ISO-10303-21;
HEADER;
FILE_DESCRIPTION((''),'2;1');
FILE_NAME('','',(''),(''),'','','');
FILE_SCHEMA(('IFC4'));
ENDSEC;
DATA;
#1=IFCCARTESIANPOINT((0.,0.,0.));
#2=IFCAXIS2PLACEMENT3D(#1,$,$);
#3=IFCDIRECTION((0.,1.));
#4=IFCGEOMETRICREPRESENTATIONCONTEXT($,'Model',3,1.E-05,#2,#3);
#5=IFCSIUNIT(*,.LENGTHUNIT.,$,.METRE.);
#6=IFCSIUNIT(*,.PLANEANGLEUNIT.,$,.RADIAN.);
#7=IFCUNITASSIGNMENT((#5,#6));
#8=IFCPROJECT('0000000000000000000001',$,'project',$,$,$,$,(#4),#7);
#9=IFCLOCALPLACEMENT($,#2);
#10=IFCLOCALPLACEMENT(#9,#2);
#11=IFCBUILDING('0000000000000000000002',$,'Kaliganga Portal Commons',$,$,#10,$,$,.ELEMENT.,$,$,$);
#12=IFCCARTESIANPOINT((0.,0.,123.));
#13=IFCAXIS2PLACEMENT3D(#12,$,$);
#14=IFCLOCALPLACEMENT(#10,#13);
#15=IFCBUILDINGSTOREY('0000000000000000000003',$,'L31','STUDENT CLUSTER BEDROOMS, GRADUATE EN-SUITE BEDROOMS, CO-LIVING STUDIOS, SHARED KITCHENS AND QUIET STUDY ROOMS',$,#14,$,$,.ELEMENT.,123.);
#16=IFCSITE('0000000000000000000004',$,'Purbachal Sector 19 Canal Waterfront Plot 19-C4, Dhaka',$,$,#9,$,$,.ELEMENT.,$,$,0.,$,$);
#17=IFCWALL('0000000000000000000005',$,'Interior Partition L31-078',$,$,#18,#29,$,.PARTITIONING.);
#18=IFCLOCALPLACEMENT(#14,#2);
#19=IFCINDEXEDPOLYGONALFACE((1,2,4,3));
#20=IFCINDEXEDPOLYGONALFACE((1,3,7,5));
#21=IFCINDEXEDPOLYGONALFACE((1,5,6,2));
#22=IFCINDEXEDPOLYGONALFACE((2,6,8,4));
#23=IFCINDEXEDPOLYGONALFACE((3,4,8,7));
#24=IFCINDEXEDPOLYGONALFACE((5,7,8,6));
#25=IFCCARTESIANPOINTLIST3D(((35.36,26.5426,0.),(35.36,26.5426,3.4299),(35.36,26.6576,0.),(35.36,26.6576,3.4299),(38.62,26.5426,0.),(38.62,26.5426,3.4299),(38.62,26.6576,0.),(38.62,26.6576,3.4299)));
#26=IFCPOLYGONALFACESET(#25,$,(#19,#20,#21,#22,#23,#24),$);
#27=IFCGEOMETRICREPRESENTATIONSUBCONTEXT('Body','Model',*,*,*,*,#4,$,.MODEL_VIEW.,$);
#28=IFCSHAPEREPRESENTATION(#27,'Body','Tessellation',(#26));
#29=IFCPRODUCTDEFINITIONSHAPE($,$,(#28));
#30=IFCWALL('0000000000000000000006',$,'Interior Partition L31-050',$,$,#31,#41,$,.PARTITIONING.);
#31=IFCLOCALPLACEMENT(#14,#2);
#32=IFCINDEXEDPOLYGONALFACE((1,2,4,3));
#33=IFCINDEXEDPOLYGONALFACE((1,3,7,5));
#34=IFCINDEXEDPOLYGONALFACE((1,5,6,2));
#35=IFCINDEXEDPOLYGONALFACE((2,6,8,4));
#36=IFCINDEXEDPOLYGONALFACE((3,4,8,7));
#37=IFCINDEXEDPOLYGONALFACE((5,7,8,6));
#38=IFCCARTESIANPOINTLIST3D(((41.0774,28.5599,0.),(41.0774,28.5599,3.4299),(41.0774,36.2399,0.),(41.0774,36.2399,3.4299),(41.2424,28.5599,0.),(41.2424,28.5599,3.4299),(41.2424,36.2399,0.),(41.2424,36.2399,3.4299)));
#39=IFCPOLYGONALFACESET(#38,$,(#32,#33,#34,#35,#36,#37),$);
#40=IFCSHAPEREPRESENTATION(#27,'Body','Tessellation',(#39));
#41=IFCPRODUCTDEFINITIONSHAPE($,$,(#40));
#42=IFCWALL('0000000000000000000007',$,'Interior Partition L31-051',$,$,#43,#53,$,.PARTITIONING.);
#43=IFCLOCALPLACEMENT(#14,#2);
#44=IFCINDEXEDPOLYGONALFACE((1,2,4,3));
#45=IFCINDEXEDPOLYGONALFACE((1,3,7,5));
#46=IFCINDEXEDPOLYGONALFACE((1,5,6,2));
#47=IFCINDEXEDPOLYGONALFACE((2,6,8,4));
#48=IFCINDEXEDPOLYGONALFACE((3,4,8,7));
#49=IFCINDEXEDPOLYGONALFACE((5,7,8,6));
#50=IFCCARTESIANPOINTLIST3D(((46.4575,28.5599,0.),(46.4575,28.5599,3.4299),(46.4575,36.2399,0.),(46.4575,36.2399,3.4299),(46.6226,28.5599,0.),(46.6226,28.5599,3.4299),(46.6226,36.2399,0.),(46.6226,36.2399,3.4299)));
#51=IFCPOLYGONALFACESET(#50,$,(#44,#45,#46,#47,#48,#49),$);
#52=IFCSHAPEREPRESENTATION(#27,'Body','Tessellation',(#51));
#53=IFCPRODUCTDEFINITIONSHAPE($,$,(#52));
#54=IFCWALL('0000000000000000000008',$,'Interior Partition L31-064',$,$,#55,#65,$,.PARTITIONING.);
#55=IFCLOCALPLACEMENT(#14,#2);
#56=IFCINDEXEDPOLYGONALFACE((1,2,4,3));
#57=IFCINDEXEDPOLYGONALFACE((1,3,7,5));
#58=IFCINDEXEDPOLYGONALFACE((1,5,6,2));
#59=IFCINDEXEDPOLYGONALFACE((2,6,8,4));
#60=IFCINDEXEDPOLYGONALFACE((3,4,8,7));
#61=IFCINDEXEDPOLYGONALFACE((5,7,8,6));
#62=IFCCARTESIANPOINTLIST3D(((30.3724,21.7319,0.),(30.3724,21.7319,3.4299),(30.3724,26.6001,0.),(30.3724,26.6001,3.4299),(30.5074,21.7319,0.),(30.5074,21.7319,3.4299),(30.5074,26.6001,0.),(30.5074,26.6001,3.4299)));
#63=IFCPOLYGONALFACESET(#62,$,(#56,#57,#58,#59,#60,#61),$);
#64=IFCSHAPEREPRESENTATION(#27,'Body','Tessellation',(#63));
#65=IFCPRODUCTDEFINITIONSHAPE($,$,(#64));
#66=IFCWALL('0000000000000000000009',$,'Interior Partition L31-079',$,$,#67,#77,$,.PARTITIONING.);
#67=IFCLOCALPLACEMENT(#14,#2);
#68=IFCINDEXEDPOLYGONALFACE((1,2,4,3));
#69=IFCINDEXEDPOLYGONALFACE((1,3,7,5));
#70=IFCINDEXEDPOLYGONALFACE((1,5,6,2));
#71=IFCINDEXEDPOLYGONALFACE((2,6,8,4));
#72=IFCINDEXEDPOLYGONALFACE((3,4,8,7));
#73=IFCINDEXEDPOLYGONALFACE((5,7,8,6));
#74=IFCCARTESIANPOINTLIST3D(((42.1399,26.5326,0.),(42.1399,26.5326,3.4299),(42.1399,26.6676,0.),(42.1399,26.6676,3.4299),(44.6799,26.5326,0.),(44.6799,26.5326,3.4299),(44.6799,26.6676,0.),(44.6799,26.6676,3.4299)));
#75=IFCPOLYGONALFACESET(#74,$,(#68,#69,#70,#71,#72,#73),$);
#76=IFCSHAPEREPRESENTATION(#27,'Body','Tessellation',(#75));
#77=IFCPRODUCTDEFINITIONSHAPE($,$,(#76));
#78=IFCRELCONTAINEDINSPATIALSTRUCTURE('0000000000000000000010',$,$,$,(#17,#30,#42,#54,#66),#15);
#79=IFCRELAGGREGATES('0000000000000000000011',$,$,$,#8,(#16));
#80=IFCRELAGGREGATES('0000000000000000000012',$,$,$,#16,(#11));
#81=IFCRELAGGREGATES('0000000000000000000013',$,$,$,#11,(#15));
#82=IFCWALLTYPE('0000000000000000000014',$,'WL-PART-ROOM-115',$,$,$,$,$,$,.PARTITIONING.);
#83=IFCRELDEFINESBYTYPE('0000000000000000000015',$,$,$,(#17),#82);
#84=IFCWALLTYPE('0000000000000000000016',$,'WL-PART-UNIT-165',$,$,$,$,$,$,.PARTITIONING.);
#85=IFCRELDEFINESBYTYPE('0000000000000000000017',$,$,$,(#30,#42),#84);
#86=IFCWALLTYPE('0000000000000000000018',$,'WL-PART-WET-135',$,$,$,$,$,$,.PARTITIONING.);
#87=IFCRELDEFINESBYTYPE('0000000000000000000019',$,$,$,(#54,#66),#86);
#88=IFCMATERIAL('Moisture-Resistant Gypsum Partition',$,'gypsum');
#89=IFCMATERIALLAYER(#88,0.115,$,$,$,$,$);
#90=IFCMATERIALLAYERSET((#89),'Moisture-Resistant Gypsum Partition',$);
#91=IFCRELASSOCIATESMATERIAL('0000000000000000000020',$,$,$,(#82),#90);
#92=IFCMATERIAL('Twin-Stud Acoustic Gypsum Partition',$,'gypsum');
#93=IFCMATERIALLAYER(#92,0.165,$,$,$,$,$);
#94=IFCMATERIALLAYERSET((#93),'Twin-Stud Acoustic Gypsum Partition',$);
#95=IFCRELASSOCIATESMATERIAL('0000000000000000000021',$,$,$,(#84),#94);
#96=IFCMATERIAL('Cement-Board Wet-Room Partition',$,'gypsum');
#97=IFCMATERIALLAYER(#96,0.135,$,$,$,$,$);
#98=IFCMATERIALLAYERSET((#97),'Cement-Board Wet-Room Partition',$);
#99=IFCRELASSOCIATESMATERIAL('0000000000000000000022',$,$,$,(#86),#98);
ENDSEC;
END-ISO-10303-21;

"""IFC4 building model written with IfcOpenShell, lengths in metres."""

from ifc_helpers import new_model, si_unit, direction, frame, frame_2d, origin, place, context, subcontext, project, spatial, rectangle, extrude, material, layer, layer_set, type_object, element, save


model = new_model("IFC4")

# Units and contexts
model_context = context("Model", 3, precision=1e-05, world=origin(), true_north=direction((0.0, 1.0)))
body_context = subcontext(model_context, "Body", "Model", "MODEL_VIEW")
ifc_project = project(units=[si_unit("LENGTHUNIT", "METRE"), si_unit("PLANEANGLEUNIT", "RADIAN")], contexts=[model_context])

# Site, building, storey
site_placement = place(None, origin())
site = spatial("IfcSite", under=ifc_project, at=site_placement, Name="Purbachal Sector 19 Canal Waterfront Plot 19-C4, Dhaka", CompositionType="ELEMENT", RefElevation=0.0)
building_placement = place(site_placement, origin())
building = spatial("IfcBuilding", under=site, at=building_placement, Name="Kaliganga Portal Commons", CompositionType="ELEMENT")
storey_placement = place(building_placement, frame((0.0, 0.0, 123.0)))
storey = spatial("IfcBuildingStorey", under=building, at=storey_placement, Name="L31", Description="STUDENT CLUSTER BEDROOMS, GRADUATE EN-SUITE BEDROOMS, CO-LIVING STUDIOS, SHARED KITCHENS AND QUIET STUDY ROOMS", CompositionType="ELEMENT", Elevation=123.0)

# Walls
ifc_material_1 = material(Name="Moisture-Resistant Gypsum Partition", Category="gypsum")
ifc_layer_1 = layer(ifc_material_1, 0.115)
ifc_layer_set_1 = layer_set([ifc_layer_1], Name="Moisture-Resistant Gypsum Partition")
wall_type_1 = type_object("IfcWallType", Name="WL-PART-ROOM-115", PredefinedType="PARTITIONING", material=ifc_layer_set_1)
wall_1_placement = place(storey_placement, frame((35.3601, 26.6001, 0.0), z_axis=(0.0, 0.0, 1.0), x_axis=(1.0, 0.0, 0.0)))
element("IfcWall", 1, at=wall_1_placement, inside=storey, type_object=wall_type_1, Name="Interior Partition L31-078", PredefinedType="PARTITIONING", context=body_context, shape_type="SweptSolid", body=[
    extrude(rectangle(XDim=3.26, YDim=0.115, at=frame_2d((1.6299, 0.0))), origin(), (0.0, 0.0, 1.0), 3.4299),
])
ifc_material_2 = material(Name="Twin-Stud Acoustic Gypsum Partition", Category="gypsum")
ifc_layer_2 = layer(ifc_material_2, 0.165)
ifc_layer_set_2 = layer_set([ifc_layer_2], Name="Twin-Stud Acoustic Gypsum Partition")
wall_type_2 = type_object("IfcWallType", Name="WL-PART-UNIT-165", PredefinedType="PARTITIONING", material=ifc_layer_set_2)
for number, where, z_axis, x_axis, name in (
    (2, (41.1599, 28.5601, 0.0), (0.0, 0.0, 1.0), (0.0, 1.0, 0.0), "Interior Partition L31-050"),
    (3, (46.54, 28.5601, 0.0), (0.0, 0.0, 1.0), (0.0, 1.0, 0.0), "Interior Partition L31-051"),
):
    element("IfcWall", number, at=place(storey_placement, frame(where, z_axis=z_axis, x_axis=x_axis)), inside=storey, type_object=wall_type_2, Name=name, PredefinedType="PARTITIONING", context=body_context, shape_type="SweptSolid", body=[
        extrude(rectangle(XDim=7.6799, YDim=0.165, at=frame_2d((3.8398, 0.0))), origin(), (0.0, 0.0, 1.0), 3.4299),
    ])
ifc_material_3 = material(Name="Cement-Board Wet-Room Partition", Category="gypsum")
ifc_layer_3 = layer(ifc_material_3, 0.135)
ifc_layer_set_3 = layer_set([ifc_layer_3], Name="Cement-Board Wet-Room Partition")
wall_type_3 = type_object("IfcWallType", Name="WL-PART-WET-135", PredefinedType="PARTITIONING", material=ifc_layer_set_3)
wall_2_placement = place(storey_placement, frame((30.4399, 21.7319, 0.0), z_axis=(0.0, 0.0, 1.0), x_axis=(0.0, 1.0, 0.0)))
element("IfcWall", 4, at=wall_2_placement, inside=storey, type_object=wall_type_3, Name="Interior Partition L31-064", PredefinedType="PARTITIONING", context=body_context, shape_type="SweptSolid", body=[
    extrude(rectangle(XDim=4.8682, YDim=0.135, at=frame_2d((2.4341, 0.0))), origin(), (0.0, 0.0, 1.0), 3.4299),
])
wall_3_placement = place(storey_placement, frame((42.1399, 26.6001, 0.0), z_axis=(0.0, 0.0, 1.0), x_axis=(1.0, 0.0, 0.0)))
element("IfcWall", 5, at=wall_3_placement, inside=storey, type_object=wall_type_3, Name="Interior Partition L31-079", PredefinedType="PARTITIONING", context=body_context, shape_type="SweptSolid", body=[
    extrude(rectangle(XDim=2.54, YDim=0.135, at=frame_2d((1.27, 0.0))), origin(), (0.0, 0.0, 1.0), 3.4299),
])

save(model, "model.ifc")
